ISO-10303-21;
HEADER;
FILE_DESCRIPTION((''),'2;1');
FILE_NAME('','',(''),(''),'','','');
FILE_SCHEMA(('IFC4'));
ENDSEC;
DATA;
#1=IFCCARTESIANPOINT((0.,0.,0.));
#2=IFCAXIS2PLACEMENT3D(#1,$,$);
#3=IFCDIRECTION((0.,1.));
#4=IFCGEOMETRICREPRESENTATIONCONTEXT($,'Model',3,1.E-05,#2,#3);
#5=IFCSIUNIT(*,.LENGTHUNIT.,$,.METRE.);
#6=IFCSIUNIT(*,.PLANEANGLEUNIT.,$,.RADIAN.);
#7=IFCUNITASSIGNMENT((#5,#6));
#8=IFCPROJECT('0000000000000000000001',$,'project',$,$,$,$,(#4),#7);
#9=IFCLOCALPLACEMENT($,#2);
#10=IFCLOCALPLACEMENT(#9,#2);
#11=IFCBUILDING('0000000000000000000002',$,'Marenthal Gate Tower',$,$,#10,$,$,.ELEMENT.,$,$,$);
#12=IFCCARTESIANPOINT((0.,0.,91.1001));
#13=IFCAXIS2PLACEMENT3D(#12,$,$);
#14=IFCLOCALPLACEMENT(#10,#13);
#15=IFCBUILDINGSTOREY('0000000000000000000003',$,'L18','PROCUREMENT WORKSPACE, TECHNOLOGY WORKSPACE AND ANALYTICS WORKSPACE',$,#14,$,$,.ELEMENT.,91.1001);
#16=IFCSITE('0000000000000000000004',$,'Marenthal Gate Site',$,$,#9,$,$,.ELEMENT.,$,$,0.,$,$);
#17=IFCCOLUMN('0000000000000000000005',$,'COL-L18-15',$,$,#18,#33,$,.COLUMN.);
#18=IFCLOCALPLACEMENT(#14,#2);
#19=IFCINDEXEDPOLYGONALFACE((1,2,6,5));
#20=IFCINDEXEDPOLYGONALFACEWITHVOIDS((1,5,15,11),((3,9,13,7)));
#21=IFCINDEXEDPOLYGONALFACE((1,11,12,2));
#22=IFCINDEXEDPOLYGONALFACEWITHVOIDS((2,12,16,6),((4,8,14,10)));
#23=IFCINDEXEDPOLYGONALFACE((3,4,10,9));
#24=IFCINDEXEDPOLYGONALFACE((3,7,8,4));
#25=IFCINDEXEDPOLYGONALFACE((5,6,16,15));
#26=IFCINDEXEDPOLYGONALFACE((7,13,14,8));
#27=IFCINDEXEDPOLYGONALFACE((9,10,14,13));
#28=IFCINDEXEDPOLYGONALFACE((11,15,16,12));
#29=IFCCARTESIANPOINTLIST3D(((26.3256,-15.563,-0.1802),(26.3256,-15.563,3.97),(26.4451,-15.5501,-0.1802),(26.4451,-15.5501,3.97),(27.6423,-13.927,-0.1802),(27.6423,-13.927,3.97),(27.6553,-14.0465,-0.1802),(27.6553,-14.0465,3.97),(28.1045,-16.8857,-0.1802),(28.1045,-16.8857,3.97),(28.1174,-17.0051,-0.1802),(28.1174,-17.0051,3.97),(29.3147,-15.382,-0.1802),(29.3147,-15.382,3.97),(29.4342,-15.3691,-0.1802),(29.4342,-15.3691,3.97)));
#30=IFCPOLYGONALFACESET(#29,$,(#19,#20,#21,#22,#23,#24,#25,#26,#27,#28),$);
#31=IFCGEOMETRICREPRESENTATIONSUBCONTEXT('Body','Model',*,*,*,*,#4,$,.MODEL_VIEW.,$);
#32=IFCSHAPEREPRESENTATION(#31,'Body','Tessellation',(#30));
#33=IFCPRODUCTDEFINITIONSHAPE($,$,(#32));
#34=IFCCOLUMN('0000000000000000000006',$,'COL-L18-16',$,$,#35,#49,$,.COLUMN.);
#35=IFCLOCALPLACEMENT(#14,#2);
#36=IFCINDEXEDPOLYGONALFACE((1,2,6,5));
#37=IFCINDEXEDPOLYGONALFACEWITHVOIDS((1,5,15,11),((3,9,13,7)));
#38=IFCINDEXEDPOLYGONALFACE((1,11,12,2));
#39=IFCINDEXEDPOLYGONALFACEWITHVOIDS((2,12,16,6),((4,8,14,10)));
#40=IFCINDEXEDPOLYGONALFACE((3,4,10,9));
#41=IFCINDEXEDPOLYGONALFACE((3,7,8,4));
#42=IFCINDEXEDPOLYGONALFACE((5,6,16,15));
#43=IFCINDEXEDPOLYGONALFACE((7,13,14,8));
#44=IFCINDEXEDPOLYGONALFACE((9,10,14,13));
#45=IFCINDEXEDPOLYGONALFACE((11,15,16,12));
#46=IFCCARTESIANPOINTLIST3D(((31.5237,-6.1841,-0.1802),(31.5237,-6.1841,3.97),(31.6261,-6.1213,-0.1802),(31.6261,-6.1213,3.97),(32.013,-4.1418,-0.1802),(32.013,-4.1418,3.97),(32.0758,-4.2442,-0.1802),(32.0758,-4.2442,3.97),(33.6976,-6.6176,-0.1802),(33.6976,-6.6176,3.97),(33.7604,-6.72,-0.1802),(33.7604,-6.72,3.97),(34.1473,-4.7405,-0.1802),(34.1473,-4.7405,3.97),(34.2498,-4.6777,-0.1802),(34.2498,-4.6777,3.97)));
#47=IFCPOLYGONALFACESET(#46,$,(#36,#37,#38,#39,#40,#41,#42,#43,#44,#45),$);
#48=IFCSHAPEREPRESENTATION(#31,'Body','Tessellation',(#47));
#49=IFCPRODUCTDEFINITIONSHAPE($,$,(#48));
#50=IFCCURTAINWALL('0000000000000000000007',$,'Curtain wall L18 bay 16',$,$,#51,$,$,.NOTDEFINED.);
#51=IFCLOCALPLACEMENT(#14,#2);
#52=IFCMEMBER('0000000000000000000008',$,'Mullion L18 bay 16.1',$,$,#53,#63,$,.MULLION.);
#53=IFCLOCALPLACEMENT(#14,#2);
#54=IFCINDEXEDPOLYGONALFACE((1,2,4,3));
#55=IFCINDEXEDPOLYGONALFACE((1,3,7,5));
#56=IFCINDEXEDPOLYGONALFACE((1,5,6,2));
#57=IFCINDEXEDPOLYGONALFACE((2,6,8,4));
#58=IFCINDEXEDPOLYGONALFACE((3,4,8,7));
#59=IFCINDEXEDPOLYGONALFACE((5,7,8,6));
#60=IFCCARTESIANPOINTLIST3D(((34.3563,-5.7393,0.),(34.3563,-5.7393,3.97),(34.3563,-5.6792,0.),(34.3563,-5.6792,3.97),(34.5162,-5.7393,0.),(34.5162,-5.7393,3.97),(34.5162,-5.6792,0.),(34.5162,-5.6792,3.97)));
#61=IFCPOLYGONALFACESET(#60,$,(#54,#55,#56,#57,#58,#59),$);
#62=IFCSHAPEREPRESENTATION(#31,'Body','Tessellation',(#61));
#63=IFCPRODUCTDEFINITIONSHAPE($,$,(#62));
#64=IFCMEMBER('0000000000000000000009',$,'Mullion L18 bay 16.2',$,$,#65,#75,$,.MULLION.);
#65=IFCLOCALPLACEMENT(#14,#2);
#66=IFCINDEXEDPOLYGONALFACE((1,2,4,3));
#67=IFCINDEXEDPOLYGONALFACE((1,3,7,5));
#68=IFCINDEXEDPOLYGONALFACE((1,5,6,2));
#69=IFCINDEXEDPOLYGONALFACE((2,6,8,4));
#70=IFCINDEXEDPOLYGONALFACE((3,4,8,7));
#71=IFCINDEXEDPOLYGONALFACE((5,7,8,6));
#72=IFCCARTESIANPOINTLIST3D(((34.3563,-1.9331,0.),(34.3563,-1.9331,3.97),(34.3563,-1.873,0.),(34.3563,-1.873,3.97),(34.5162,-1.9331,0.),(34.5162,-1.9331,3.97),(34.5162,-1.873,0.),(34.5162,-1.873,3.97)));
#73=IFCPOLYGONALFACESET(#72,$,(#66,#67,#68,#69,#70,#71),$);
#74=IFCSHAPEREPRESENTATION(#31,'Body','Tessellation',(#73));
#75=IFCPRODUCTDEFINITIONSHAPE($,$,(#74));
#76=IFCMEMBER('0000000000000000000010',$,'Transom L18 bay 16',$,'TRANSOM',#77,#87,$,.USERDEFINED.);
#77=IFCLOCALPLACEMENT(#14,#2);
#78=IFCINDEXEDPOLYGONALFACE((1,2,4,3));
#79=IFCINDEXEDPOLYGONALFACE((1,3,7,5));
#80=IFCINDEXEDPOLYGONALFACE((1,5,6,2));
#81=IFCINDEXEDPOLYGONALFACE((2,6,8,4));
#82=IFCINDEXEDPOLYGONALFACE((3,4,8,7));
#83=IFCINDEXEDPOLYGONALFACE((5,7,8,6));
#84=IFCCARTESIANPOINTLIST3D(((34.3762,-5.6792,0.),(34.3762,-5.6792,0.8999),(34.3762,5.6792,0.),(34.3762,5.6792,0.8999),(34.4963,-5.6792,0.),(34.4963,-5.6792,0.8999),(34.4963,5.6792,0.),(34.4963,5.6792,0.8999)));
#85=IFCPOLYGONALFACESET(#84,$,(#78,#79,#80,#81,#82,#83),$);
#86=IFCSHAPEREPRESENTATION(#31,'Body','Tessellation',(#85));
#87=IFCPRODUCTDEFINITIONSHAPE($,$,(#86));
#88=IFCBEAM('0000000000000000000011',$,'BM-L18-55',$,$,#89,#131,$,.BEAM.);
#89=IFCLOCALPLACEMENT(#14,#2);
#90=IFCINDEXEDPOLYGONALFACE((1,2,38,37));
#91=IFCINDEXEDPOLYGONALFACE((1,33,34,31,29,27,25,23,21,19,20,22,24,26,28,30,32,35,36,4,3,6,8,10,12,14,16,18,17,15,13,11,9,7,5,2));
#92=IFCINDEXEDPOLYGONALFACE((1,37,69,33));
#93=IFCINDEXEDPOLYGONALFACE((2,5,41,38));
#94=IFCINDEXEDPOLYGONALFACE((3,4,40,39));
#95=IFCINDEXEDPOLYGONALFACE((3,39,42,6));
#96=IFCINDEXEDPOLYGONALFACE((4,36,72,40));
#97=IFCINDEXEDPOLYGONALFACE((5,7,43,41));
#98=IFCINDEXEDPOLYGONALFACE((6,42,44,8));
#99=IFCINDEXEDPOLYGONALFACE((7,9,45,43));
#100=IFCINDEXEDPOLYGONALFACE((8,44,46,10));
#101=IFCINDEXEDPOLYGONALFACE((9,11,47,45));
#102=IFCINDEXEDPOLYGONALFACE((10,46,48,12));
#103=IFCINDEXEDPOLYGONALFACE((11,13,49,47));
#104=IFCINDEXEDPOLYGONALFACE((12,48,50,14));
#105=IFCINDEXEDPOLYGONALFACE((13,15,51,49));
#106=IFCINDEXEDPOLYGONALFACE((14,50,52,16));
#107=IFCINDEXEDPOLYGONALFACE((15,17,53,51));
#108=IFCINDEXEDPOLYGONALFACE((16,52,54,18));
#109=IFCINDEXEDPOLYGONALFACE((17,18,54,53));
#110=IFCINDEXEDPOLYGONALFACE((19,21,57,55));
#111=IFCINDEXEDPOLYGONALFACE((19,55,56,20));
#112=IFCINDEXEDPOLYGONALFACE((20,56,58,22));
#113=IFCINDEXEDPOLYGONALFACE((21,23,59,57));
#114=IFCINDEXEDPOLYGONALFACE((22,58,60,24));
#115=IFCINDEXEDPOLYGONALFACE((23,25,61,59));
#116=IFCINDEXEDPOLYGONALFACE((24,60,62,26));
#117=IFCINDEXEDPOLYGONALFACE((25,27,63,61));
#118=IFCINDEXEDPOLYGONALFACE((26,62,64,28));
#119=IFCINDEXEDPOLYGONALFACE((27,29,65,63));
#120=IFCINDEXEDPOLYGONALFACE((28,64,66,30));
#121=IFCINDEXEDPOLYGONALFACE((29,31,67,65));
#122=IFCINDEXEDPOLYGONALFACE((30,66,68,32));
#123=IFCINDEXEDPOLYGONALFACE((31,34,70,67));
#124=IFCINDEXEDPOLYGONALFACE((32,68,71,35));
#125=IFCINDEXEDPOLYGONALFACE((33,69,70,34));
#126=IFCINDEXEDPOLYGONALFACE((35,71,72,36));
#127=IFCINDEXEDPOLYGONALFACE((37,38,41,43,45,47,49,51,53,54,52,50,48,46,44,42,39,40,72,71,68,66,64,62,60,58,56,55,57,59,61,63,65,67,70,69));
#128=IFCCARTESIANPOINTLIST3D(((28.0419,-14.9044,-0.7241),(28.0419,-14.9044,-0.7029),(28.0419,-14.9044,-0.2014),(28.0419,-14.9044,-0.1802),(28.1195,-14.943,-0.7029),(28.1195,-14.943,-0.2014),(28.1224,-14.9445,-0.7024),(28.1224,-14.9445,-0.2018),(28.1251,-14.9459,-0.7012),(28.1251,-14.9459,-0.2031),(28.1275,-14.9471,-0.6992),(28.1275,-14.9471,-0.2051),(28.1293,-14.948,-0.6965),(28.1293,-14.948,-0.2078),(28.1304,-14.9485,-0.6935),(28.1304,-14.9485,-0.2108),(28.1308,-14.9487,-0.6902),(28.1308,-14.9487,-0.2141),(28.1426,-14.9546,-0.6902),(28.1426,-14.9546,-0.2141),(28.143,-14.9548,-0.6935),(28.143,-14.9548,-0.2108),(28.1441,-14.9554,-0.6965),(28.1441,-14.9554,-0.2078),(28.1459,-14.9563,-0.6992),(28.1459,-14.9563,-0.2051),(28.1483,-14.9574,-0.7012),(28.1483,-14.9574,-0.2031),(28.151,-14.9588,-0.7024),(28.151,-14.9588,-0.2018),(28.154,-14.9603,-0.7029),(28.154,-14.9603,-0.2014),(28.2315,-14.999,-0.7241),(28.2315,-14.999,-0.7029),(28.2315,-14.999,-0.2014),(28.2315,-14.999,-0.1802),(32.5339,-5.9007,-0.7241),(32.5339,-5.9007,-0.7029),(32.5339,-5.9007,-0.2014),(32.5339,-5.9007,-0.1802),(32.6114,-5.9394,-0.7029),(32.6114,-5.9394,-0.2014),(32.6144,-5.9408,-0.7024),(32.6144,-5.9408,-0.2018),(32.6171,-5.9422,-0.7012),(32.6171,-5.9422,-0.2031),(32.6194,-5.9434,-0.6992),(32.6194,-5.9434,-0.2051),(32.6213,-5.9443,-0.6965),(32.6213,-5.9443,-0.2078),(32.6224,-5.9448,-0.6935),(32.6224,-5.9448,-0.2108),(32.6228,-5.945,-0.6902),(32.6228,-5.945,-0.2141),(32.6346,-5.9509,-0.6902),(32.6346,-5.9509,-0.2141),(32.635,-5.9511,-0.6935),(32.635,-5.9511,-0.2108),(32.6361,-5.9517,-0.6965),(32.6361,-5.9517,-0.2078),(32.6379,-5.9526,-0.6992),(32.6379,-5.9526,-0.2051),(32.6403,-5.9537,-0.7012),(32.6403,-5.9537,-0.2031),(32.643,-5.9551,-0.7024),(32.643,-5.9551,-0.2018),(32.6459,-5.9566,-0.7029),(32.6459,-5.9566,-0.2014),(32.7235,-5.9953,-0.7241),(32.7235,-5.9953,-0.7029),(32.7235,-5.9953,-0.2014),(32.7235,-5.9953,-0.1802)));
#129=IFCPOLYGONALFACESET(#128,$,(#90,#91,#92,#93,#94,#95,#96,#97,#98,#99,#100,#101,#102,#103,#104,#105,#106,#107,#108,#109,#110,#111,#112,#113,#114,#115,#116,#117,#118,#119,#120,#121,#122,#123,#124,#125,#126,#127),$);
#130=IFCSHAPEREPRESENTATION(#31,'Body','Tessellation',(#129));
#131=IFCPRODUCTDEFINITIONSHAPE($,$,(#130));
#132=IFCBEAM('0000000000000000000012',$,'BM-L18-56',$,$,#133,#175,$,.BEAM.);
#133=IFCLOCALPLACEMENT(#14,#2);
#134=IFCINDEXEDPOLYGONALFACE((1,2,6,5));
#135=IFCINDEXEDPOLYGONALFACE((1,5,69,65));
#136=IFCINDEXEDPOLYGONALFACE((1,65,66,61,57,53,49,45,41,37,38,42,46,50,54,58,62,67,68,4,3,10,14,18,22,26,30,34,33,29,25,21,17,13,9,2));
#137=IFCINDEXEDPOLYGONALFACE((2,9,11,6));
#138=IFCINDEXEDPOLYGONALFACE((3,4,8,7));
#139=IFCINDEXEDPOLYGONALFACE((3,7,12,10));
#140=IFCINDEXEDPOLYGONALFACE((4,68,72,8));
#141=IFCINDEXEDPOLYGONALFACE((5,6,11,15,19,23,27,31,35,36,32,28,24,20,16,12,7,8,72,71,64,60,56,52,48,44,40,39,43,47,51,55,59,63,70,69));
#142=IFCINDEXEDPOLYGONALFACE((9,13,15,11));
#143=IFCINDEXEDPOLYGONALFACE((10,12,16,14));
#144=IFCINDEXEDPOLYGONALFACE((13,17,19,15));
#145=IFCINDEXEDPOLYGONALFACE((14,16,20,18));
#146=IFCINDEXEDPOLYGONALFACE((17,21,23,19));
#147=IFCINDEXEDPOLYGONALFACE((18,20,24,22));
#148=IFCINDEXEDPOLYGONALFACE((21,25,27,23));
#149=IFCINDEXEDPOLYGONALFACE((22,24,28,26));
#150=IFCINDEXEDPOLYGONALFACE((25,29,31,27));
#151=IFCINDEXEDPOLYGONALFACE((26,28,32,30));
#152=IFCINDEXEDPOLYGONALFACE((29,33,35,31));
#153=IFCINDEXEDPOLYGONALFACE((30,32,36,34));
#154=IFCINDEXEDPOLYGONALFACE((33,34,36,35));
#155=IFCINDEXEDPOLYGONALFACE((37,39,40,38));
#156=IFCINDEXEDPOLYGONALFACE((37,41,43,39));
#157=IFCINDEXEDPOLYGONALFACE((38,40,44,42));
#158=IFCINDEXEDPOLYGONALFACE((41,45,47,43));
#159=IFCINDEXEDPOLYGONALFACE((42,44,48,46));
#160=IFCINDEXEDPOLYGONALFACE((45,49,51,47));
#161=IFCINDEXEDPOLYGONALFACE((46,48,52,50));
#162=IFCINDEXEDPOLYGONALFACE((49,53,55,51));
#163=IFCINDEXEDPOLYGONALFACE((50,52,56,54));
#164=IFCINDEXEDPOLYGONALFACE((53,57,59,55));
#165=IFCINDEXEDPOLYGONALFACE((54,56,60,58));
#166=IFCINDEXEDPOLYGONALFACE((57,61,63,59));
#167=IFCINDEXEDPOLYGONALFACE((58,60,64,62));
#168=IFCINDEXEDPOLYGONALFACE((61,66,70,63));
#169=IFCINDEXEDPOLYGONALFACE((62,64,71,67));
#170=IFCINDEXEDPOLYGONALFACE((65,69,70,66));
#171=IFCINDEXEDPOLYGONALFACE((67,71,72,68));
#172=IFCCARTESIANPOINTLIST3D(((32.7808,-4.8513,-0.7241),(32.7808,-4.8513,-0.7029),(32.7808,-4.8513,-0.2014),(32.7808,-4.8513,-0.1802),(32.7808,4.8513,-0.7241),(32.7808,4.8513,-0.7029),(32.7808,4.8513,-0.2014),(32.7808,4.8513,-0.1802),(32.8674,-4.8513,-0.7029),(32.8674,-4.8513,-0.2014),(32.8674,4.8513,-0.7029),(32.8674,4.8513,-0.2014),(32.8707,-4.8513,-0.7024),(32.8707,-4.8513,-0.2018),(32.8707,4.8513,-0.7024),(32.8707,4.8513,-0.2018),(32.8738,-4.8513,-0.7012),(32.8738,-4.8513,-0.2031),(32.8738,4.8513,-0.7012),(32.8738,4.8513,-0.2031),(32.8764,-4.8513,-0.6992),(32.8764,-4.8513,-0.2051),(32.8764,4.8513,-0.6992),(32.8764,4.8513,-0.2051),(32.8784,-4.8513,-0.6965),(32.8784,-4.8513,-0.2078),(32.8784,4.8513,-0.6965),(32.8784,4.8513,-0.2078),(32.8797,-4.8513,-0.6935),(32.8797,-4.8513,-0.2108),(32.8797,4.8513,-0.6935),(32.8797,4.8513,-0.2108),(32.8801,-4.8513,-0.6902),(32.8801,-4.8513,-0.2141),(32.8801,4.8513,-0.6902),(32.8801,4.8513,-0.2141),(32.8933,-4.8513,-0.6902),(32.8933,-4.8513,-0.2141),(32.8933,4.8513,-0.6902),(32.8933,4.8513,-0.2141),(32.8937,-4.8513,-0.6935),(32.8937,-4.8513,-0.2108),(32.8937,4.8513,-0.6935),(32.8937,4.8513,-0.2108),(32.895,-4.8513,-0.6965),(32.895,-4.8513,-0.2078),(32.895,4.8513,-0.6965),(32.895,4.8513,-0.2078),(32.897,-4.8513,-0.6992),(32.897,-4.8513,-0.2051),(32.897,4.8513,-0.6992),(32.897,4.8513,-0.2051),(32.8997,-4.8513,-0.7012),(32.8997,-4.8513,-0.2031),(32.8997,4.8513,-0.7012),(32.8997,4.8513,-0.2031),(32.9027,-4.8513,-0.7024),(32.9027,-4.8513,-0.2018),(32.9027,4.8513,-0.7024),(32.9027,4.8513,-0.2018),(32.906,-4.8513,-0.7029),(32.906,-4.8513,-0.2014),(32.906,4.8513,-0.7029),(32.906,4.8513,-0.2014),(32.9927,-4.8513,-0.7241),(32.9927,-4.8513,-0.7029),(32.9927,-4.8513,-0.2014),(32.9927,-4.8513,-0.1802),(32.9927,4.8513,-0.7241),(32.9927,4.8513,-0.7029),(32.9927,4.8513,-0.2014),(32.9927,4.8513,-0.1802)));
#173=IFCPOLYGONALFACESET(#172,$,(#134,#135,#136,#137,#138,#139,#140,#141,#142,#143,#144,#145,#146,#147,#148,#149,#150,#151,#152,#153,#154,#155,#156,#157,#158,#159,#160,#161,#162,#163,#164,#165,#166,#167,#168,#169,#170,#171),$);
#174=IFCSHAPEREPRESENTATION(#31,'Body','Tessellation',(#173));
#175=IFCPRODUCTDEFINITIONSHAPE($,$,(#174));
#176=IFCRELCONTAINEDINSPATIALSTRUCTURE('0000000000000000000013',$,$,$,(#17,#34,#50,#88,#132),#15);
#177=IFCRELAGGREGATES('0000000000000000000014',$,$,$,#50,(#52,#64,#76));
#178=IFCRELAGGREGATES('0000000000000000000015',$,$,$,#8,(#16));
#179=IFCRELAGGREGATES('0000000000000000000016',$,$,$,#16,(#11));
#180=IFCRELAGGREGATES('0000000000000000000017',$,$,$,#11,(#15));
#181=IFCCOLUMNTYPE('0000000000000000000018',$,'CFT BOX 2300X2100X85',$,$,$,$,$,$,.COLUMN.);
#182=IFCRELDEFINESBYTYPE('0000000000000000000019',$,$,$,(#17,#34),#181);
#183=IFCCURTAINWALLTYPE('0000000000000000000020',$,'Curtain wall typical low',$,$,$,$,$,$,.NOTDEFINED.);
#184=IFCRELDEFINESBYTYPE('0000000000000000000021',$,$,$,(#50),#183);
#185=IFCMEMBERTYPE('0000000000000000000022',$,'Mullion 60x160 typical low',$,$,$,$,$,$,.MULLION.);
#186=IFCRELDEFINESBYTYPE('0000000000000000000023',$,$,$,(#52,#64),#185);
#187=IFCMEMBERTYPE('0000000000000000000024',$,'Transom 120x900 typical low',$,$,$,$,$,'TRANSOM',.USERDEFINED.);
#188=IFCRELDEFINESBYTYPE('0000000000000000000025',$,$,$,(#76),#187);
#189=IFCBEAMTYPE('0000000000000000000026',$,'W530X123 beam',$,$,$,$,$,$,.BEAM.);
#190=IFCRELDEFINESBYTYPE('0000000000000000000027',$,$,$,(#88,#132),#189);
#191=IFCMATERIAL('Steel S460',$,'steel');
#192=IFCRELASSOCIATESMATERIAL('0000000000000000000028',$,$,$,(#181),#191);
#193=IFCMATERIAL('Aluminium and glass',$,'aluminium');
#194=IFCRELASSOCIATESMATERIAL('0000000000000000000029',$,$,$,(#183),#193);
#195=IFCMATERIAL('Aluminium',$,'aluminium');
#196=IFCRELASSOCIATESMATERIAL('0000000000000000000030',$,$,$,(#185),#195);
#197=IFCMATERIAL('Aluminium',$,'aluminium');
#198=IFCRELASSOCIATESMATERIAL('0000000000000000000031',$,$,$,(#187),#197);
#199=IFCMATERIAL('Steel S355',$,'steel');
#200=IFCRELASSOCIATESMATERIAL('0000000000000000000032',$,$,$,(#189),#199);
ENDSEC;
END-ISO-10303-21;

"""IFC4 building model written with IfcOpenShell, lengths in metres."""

from ifc_helpers import new_model, si_unit, direction, frame, origin, origin_2d, place, context, subcontext, project, spatial, rectangle, hollow_rectangle, i_section, extrude, material, material_profile, profile_set, type_object, element, aggregate, save


model = new_model("IFC4")

# Units and contexts
model_context = context("Model", 3, precision=1e-05, world=origin(), true_north=direction((0.0, 1.0)))
body_context = subcontext(model_context, "Body", "Model", "MODEL_VIEW")
ifc_project = project(units=[si_unit("LENGTHUNIT", "METRE"), si_unit("PLANEANGLEUNIT", "RADIAN")], contexts=[model_context])

# Site, building, storey
site_placement = place(None, origin())
site = spatial("IfcSite", under=ifc_project, at=site_placement, Name="Marenthal Gate Site", CompositionType="ELEMENT", RefElevation=0.0)
building_placement = place(site_placement, origin())
building = spatial("IfcBuilding", under=site, at=building_placement, Name="Marenthal Gate Tower", CompositionType="ELEMENT")
storey_placement = place(building_placement, frame((0.0, 0.0, 91.1001)))
storey = spatial("IfcBuildingStorey", under=building, at=storey_placement, Name="L18", Description="PROCUREMENT WORKSPACE, TECHNOLOGY WORKSPACE AND ANALYTICS WORKSPACE", CompositionType="ELEMENT", Elevation=91.1001)

# Columns
ifc_material_1 = material(Name="Steel S460", Category="steel")
ifc_material_profile_1 = material_profile(ifc_material_1, hollow_rectangle(XDim=2.1001, YDim=2.3, WallThickness=0.085, at=origin_2d()), Name="CFT BOX 2300X2100X85")
ifc_material_2 = material(Name="Concrete 70 MPa", Category="concrete")
ifc_material_profile_2 = material_profile(ifc_material_2, rectangle(XDim=1.9299, YDim=2.1299, at=origin_2d()), Name="CFT BOX 2300X2100X85 INFILL")
ifc_profile_set_1 = profile_set([ifc_material_profile_1, ifc_material_profile_2], Name="Steel S460 shell, Concrete 70 MPa infill")
column_type = type_object("IfcColumnType", Name="CFT BOX 2300X2100X85", PredefinedType="COLUMN", material=ifc_profile_set_1)
for number, where, z_axis, x_axis, name in (
    (1, (27.8799, -15.4661, -0.1802), (0.0, 0.0, 1.0), (-0.626985, -0.779032, 0.0), "COL-L18-15"),
    (2, (32.8867, -5.4309, -0.1802), (0.0, 0.0, 1.0), (-0.232997, -0.972477, 0.0), "COL-L18-16"),
):
    element("IfcColumn", number, at=place(storey_placement, frame(where, z_axis=z_axis, x_axis=x_axis)), inside=storey, type_object=column_type, Name=name, PredefinedType="COLUMN", context=body_context, shape_type="SweptSolid", body=[
        extrude(hollow_rectangle(XDim=2.1001, YDim=2.3, WallThickness=0.085, at=origin_2d()), origin(), (0.0, 0.0, 1.0), 4.1501),
    ])

# Curtain wall, members
ifc_material_3 = material(Name="Aluminium and glass", Category="aluminium")
curtain_wall_type = type_object("IfcCurtainWallType", Name="Curtain wall typical low", PredefinedType="NOTDEFINED", material=ifc_material_3)
curtain_wall_placement = place(storey_placement, origin())
curtain_wall = element("IfcCurtainWall", 3, at=curtain_wall_placement, inside=storey, type_object=curtain_wall_type, Name="Curtain wall L18 bay 16", PredefinedType="NOTDEFINED")
ifc_material_4 = material(Name="Aluminium", Category="aluminium")
ifc_material_profile_3 = material_profile(ifc_material_4, rectangle(XDim=0.1599, YDim=0.0601, at=origin_2d()), Name="60x160 aluminium mullion")
ifc_profile_set_2 = profile_set([ifc_material_profile_3], Name="Aluminium")
member_type_1 = type_object("IfcMemberType", Name="Mullion 60x160 typical low", PredefinedType="MULLION", material=ifc_profile_set_2)
member_1_placement = place(storey_placement, frame((34.4363, -5.7092, 0.0), z_axis=(0.0, 0.0, 1.0), x_axis=(-1.0, 0.0, 0.0)))
member_1 = element("IfcMember", 4, at=member_1_placement, type_object=member_type_1, Name="Mullion L18 bay 16.1", PredefinedType="MULLION", context=body_context, shape_type="SweptSolid", body=[
    extrude(rectangle(XDim=0.1599, YDim=0.0601, at=origin_2d()), origin(), (0.0, 0.0, 1.0), 3.97),
])
member_2_placement = place(storey_placement, frame((34.4363, -1.9031, 0.0), z_axis=(0.0, 0.0, 1.0), x_axis=(-1.0, 0.0, 0.0)))
member_2 = element("IfcMember", 5, at=member_2_placement, type_object=member_type_1, Name="Mullion L18 bay 16.2", PredefinedType="MULLION", context=body_context, shape_type="SweptSolid", body=[
    extrude(rectangle(XDim=0.1599, YDim=0.0601, at=origin_2d()), origin(), (0.0, 0.0, 1.0), 3.97),
])
ifc_material_5 = material(Name="Aluminium", Category="aluminium")
ifc_material_profile_4 = material_profile(ifc_material_5, rectangle(XDim=0.1201, YDim=0.8999, at=origin_2d()), Name="120x900 aluminium transom")
ifc_profile_set_3 = profile_set([ifc_material_profile_4], Name="Aluminium")
member_type_2 = type_object("IfcMemberType", Name="Transom 120x900 typical low", ElementType="TRANSOM", PredefinedType="USERDEFINED", material=ifc_profile_set_3)
member_3_placement = place(storey_placement, frame((34.4363, -5.6792, 0.45), z_axis=(0.0, 1.0, 0.0), x_axis=(-1.0, 0.0, 0.0)))
member_3 = element("IfcMember", 6, at=member_3_placement, type_object=member_type_2, Name="Transom L18 bay 16", ObjectType="TRANSOM", PredefinedType="USERDEFINED", context=body_context, shape_type="SweptSolid", body=[
    extrude(rectangle(XDim=0.1201, YDim=0.8999, at=origin_2d()), origin(), (0.0, 0.0, 1.0), 11.3584),
])

# Beams
ifc_material_6 = material(Name="Steel S355", Category="steel")
ifc_material_profile_5 = material_profile(ifc_material_6, i_section(OverallWidth=0.2119, OverallDepth=0.5439, WebThickness=0.0132, FlangeThickness=0.0212, FilletRadius=0.0127, at=origin_2d()), Name="W530X123")
ifc_profile_set_4 = profile_set([ifc_material_profile_5], Name="Steel S355")
beam_type_1 = type_object("IfcBeamType", Name="W530X123 beam", PredefinedType="BEAM", material=ifc_profile_set_4)
beam_1_placement = place(storey_placement, frame((28.1367, -14.9517, -0.4521), z_axis=(0.446427, 0.89482, 0.0), x_axis=(-0.89482, 0.446427, 0.0)))
element("IfcBeam", 7, at=beam_1_placement, inside=storey, type_object=beam_type_1, Name="BM-L18-55", PredefinedType="BEAM", context=body_context, shape_type="SweptSolid", body=[
    extrude(i_section(OverallWidth=0.2119, OverallDepth=0.5439, WebThickness=0.0132, FlangeThickness=0.0212, FilletRadius=0.0127, at=origin_2d()), origin(), (0.0, 0.0, 1.0), 10.062),
])
beam_2_placement = place(storey_placement, frame((32.8867, -4.8513, -0.4521), z_axis=(0.0, 1.0, 0.0), x_axis=(-1.0, 0.0, 0.0)))
element("IfcBeam", 8, at=beam_2_placement, inside=storey, type_object=beam_type_1, Name="BM-L18-56", PredefinedType="BEAM", context=body_context, shape_type="SweptSolid", body=[
    extrude(i_section(OverallWidth=0.2119, OverallDepth=0.5439, WebThickness=0.0132, FlangeThickness=0.0212, FilletRadius=0.0127, at=origin_2d()), origin(), (0.0, 0.0, 1.0), 9.7026),
])

aggregate(curtain_wall, [member_1, member_2, member_3])

save(model, "model.ifc")
